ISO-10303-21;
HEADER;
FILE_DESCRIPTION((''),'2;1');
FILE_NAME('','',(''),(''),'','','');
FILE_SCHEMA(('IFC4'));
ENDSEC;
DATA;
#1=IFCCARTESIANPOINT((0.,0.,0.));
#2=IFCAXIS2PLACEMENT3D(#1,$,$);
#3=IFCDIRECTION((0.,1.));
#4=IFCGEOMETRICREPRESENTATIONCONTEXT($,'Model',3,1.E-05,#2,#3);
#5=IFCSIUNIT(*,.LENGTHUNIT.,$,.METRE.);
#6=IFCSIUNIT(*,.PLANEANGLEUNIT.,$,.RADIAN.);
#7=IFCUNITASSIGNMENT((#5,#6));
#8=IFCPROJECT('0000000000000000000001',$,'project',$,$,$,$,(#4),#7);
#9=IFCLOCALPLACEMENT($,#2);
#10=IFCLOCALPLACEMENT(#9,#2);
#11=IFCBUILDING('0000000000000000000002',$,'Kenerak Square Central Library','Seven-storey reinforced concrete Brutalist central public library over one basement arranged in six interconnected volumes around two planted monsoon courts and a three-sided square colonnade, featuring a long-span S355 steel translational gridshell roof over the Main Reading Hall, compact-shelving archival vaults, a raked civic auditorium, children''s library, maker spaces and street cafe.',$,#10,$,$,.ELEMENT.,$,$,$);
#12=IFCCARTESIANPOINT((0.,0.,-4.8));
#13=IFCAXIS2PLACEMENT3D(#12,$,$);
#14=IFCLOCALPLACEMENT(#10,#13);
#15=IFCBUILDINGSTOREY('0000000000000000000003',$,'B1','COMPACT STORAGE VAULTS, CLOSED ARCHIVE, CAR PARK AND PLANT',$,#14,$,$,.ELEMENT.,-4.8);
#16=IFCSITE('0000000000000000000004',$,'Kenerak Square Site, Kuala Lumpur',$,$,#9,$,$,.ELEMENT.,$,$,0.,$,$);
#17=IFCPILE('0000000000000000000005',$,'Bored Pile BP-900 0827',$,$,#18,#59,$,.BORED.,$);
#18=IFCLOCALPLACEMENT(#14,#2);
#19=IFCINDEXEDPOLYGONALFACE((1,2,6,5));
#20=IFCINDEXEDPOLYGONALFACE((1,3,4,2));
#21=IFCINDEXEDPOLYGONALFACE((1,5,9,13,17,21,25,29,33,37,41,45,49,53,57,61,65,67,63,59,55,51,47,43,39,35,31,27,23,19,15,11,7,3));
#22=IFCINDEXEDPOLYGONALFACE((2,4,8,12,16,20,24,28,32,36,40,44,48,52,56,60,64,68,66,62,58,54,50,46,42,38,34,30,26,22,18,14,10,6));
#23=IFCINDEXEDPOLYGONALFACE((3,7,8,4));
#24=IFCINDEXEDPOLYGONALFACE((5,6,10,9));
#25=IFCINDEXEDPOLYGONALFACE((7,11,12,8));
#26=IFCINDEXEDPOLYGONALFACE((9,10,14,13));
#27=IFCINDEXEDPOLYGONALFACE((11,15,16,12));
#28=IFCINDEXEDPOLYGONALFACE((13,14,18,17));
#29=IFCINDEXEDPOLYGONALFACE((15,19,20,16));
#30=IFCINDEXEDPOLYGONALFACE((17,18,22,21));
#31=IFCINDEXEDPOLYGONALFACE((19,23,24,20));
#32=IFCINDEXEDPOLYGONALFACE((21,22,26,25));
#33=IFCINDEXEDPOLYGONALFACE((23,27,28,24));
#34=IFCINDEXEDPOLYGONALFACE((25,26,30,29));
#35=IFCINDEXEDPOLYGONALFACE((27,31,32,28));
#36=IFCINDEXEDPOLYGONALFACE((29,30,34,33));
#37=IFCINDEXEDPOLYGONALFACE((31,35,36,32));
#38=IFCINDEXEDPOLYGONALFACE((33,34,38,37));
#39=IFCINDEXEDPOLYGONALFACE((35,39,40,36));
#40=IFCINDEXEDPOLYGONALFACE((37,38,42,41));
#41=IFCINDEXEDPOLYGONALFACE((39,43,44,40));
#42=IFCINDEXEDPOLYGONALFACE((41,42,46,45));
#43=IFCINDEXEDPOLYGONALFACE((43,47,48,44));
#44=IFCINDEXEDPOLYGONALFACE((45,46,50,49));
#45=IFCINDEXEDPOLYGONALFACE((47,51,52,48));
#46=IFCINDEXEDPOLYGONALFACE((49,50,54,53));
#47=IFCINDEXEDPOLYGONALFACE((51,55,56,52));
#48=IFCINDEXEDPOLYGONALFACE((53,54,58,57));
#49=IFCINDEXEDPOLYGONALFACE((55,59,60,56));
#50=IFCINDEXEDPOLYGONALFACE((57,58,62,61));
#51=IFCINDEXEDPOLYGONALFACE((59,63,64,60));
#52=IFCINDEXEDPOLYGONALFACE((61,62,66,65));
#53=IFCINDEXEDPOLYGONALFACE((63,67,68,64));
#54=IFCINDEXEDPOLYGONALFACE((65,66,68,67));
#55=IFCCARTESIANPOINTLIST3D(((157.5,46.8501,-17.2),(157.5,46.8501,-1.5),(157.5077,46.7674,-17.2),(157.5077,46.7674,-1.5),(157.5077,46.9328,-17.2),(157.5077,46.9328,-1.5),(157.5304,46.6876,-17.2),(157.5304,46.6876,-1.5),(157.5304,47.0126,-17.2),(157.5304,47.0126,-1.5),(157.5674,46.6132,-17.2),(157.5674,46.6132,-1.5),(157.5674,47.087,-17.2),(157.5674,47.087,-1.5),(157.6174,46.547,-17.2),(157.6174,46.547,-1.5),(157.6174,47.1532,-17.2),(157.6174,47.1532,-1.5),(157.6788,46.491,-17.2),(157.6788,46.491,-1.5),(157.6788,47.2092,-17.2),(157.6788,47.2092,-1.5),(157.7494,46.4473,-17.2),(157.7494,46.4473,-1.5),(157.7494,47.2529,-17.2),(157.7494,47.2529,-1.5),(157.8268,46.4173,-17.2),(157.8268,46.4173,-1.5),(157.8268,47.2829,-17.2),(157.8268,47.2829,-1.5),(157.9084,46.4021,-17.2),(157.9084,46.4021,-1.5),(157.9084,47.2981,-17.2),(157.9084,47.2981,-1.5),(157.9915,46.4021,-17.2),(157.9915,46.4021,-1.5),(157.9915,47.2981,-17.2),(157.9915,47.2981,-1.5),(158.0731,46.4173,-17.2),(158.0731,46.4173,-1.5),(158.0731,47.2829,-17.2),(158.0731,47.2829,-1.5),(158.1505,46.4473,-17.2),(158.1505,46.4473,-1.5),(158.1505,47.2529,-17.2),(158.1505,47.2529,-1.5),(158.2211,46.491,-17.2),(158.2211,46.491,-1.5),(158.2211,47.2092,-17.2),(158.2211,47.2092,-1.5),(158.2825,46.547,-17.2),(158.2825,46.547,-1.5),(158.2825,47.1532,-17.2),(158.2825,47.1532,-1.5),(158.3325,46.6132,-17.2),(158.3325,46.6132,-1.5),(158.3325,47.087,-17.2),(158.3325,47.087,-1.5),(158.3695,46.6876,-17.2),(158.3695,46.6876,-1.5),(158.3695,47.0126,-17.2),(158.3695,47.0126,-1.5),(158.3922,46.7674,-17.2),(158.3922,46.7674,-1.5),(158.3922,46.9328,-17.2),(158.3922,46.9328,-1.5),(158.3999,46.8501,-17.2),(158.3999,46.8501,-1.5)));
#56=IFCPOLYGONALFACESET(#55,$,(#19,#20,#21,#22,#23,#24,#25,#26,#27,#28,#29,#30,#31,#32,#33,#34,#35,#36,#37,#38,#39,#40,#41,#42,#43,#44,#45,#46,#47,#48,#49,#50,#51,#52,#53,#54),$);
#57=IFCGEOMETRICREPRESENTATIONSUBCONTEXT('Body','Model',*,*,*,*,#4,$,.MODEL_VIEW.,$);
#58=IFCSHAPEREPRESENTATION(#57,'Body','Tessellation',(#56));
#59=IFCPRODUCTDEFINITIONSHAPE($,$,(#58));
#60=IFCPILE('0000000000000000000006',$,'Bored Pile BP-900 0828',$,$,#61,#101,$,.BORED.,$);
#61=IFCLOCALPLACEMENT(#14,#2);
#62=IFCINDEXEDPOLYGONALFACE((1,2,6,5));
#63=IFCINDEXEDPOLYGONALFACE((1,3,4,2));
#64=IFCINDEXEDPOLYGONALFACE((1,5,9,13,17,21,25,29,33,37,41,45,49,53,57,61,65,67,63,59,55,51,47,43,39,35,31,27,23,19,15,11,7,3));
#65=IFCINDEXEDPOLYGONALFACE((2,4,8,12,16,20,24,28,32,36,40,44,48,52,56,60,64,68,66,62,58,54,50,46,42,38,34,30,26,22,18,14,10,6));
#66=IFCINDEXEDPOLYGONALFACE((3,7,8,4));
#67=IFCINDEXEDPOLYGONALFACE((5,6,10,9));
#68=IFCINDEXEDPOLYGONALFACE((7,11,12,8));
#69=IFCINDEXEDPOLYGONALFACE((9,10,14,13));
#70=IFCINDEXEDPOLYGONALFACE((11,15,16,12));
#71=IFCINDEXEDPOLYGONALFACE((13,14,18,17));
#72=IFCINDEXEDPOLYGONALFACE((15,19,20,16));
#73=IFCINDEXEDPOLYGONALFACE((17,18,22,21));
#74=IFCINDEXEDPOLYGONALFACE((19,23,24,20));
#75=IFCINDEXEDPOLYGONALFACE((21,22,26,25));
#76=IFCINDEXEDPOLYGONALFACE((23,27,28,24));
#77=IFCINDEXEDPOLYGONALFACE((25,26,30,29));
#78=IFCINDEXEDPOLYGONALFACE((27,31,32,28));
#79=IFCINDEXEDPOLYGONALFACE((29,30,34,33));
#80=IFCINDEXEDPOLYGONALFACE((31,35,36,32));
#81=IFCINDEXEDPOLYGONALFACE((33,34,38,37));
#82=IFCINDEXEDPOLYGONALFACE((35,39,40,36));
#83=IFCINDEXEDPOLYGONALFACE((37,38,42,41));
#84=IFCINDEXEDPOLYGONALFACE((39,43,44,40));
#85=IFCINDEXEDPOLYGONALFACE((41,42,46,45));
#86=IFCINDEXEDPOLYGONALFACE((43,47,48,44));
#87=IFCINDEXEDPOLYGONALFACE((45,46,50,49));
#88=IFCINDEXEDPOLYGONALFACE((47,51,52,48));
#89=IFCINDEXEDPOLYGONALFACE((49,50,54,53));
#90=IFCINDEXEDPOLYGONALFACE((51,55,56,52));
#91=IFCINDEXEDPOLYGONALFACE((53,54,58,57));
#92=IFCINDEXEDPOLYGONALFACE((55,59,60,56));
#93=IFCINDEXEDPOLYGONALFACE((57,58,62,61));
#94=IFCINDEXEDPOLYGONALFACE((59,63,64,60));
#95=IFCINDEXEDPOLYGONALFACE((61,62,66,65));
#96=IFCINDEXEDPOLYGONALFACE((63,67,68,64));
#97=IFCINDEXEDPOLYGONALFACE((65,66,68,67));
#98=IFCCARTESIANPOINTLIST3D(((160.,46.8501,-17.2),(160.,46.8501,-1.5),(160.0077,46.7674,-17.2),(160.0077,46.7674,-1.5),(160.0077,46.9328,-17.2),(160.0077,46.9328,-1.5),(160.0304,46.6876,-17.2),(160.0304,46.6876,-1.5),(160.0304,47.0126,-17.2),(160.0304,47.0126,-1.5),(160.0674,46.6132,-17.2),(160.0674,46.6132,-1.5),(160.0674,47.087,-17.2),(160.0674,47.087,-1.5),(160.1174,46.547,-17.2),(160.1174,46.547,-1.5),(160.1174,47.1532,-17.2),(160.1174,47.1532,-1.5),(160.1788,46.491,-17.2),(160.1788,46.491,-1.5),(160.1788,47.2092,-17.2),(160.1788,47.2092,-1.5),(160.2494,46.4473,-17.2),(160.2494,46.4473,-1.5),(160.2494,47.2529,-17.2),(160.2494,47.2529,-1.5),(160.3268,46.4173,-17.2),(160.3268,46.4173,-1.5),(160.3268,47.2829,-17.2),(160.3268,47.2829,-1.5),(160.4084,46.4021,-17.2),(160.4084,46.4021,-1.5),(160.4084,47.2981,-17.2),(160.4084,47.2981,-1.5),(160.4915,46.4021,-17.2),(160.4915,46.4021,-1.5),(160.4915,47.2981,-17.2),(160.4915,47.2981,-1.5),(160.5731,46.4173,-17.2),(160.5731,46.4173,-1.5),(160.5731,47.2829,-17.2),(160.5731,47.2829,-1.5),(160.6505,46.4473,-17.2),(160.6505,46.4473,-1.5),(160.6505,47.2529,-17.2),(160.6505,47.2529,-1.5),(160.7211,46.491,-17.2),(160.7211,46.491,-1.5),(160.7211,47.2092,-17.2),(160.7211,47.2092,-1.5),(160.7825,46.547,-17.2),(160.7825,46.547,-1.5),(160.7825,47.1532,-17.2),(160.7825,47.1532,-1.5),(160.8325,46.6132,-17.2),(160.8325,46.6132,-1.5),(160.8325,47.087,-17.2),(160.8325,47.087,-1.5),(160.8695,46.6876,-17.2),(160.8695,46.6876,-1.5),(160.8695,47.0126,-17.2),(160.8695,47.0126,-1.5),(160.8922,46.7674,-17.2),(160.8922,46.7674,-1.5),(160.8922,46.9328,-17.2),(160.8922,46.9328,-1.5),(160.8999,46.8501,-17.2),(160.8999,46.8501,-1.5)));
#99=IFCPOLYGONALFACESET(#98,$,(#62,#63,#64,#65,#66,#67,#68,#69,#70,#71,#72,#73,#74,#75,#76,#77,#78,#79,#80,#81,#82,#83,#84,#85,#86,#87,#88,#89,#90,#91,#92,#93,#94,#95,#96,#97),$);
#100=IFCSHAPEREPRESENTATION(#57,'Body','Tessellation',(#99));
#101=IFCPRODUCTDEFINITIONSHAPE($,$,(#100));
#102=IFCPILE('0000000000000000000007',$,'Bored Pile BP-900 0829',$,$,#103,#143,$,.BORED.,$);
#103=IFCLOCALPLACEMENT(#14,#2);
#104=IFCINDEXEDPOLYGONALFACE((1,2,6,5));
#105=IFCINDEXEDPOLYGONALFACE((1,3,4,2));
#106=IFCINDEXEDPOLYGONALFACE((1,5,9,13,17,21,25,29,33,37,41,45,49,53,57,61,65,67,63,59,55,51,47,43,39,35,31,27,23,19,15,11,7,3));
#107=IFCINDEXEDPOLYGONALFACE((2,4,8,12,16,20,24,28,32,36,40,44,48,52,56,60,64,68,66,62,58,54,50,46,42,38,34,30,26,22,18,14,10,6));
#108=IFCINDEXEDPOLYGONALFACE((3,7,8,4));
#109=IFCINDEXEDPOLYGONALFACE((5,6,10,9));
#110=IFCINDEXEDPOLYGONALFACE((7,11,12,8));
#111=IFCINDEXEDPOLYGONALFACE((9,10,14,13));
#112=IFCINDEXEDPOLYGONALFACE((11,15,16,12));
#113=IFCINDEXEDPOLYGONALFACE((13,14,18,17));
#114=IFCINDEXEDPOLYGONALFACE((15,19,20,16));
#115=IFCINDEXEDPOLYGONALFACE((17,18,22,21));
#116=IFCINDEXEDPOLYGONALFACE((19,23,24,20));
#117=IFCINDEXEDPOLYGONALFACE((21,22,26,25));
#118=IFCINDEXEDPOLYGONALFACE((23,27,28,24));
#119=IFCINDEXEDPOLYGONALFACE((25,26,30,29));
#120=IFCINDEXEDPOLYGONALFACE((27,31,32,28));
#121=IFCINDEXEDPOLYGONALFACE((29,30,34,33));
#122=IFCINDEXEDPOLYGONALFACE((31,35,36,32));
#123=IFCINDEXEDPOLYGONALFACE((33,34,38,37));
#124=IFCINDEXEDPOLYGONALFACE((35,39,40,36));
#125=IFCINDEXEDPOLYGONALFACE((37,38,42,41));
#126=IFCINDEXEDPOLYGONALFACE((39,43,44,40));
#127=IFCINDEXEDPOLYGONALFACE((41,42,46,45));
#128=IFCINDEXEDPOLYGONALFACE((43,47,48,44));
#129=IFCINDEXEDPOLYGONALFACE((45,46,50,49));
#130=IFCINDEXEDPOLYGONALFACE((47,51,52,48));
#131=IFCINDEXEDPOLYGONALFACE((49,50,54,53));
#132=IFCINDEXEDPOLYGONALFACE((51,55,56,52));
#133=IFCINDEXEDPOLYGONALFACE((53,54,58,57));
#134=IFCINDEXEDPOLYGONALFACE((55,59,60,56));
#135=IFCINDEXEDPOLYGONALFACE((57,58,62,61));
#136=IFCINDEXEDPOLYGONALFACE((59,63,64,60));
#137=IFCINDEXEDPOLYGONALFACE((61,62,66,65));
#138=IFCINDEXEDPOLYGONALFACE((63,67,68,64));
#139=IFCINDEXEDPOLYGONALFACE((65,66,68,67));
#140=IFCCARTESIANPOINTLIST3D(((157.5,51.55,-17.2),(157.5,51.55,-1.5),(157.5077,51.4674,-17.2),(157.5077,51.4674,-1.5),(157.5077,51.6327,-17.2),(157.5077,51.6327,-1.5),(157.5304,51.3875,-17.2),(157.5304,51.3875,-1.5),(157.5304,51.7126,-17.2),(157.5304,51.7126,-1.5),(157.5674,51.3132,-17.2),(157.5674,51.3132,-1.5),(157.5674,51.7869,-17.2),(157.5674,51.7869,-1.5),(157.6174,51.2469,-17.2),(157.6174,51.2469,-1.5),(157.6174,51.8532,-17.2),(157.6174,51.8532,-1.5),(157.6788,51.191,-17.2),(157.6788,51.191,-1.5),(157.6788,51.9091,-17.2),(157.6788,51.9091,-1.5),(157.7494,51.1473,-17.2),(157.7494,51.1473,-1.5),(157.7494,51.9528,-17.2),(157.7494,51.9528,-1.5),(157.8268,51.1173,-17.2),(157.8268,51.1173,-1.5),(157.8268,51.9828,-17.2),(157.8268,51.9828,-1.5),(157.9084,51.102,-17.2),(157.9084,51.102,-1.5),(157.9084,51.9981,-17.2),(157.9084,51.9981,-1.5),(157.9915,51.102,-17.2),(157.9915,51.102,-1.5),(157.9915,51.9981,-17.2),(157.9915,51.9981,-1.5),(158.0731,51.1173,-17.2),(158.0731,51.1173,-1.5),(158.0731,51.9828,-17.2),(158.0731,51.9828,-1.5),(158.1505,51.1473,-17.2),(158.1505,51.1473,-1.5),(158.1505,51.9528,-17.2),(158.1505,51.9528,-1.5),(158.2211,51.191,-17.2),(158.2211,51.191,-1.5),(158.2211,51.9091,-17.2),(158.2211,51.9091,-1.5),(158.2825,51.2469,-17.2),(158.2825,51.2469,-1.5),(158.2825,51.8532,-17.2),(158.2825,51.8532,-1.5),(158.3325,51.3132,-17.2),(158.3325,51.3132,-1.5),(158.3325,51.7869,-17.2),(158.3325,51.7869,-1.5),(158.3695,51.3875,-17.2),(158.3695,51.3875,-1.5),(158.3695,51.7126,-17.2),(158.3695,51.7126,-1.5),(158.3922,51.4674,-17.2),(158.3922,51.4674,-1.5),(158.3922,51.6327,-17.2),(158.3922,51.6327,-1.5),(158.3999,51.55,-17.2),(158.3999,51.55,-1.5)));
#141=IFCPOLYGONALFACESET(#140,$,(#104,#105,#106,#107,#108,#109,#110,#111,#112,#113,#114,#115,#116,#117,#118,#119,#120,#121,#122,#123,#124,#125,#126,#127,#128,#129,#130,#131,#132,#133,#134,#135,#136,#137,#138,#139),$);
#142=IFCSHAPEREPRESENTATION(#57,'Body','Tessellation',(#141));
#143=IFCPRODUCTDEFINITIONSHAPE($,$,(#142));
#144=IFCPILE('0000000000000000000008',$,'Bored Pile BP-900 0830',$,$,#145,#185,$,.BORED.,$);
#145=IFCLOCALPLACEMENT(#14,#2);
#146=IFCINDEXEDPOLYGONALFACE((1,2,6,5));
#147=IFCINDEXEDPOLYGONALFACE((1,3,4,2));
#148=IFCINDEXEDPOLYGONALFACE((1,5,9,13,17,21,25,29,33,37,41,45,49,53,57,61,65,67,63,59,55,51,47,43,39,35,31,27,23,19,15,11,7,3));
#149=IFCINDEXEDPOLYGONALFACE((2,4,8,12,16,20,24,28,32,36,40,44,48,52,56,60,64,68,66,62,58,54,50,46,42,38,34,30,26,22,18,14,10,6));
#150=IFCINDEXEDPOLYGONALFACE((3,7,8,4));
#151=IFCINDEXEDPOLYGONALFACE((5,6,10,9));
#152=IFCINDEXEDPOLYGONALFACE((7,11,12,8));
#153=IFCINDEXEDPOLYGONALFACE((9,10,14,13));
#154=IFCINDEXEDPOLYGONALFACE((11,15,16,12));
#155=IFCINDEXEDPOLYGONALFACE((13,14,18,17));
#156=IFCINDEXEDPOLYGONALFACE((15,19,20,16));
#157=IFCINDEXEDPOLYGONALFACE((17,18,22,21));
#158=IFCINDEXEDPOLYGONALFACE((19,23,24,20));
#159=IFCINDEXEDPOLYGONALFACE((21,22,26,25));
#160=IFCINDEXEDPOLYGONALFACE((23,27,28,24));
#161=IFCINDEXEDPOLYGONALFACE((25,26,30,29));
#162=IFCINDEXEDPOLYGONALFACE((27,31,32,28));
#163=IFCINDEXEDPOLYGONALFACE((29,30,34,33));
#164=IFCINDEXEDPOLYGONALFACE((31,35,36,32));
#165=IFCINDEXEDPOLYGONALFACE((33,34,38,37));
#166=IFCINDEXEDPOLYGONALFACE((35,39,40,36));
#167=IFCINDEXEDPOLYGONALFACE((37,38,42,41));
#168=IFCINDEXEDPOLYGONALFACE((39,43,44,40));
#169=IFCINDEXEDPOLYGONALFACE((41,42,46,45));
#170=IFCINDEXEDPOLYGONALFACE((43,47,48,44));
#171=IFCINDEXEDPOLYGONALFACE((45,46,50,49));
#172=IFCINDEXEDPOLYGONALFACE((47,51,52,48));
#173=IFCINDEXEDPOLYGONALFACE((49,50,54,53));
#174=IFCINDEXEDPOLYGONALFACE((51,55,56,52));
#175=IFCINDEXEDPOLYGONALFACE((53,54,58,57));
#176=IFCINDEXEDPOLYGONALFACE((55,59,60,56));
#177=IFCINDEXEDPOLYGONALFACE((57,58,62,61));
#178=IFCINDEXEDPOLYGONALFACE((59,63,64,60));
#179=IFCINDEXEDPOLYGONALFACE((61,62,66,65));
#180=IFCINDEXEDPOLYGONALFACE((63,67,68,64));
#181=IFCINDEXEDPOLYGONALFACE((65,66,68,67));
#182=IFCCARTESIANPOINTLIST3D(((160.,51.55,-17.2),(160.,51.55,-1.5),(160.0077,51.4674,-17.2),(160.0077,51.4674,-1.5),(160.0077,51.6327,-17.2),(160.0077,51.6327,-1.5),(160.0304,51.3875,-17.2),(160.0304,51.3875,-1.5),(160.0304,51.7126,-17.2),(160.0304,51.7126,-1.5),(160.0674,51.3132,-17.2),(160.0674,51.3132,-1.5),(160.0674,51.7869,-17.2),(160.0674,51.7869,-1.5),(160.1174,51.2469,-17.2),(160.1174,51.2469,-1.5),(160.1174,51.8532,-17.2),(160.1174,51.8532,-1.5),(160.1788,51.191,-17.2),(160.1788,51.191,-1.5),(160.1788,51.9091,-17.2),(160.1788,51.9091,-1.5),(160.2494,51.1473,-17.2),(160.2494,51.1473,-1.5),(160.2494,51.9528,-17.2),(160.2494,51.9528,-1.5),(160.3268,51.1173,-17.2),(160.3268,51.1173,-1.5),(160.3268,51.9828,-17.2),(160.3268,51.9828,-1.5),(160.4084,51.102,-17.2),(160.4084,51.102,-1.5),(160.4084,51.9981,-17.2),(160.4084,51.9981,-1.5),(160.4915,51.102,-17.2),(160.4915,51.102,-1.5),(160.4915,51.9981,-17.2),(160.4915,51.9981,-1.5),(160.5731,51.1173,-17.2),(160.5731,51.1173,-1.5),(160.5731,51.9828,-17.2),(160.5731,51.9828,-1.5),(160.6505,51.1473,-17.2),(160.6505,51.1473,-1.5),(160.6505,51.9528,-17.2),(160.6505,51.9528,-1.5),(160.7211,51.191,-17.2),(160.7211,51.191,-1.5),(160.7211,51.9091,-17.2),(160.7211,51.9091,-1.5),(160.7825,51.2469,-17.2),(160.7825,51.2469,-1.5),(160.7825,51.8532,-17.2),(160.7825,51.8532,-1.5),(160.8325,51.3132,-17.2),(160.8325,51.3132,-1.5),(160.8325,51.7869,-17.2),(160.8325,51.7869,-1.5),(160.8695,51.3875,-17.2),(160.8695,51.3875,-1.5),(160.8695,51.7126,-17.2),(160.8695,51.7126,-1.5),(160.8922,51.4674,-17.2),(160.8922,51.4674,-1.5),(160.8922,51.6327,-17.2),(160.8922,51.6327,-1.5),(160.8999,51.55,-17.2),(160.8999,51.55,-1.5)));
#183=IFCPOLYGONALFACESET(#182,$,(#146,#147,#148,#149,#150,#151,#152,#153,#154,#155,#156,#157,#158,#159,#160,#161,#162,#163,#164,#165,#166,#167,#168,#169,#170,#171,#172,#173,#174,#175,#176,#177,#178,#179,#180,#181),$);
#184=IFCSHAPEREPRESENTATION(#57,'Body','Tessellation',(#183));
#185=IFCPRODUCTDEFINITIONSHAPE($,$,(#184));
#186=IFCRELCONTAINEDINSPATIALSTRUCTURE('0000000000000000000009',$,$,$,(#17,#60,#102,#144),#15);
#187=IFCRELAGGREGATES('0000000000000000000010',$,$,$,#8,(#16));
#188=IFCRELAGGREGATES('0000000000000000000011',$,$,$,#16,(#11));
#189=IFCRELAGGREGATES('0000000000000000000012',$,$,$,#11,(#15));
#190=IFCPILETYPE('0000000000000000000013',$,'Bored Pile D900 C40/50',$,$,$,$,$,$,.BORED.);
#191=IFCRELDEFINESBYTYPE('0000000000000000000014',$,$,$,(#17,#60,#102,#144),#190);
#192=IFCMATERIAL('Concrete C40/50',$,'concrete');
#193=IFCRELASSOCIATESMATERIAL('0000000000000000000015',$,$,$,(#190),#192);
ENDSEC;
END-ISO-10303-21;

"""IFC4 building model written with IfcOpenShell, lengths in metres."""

from ifc_helpers import new_model, si_unit, direction, frame, origin, origin_2d, place, context, subcontext, project, spatial, circle, extrude, material, material_profile, profile_set, type_object, element, save


model = new_model("IFC4")

# Units and contexts
model_context = context("Model", 3, precision=1e-05, world=origin(), true_north=direction((0.0, 1.0)))
body_context = subcontext(model_context, "Body", "Model", "MODEL_VIEW")
ifc_project = project(units=[si_unit("LENGTHUNIT", "METRE"), si_unit("PLANEANGLEUNIT", "RADIAN")], contexts=[model_context])

# Site, building, storey
site_placement = place(None, origin())
site = spatial("IfcSite", under=ifc_project, at=site_placement, Name="Kenerak Square Site, Kuala Lumpur", CompositionType="ELEMENT", RefElevation=0.0)
building_placement = place(site_placement, origin())
building = spatial("IfcBuilding", under=site, at=building_placement, Name="Kenerak Square Central Library", Description="Seven-storey reinforced concrete Brutalist central public library over one basement arranged in six interconnected volumes around two planted monsoon courts and a three-sided square colonnade, featuring a long-span S355 steel translational gridshell roof over the Main Reading Hall, compact-shelving archival vaults, a raked civic auditorium, children's library, maker spaces and street cafe.", CompositionType="ELEMENT")
storey_placement = place(building_placement, frame((0.0, 0.0, -4.8)))
storey = spatial("IfcBuildingStorey", under=building, at=storey_placement, Name="B1", Description="COMPACT STORAGE VAULTS, CLOSED ARCHIVE, CAR PARK AND PLANT", CompositionType="ELEMENT", Elevation=-4.8)

# Piles
ifc_material_1 = material(Name="Concrete C40/50", Category="concrete")
ifc_material_profile_1 = material_profile(ifc_material_1, circle(Radius=0.45, at=origin_2d()), Name="BP D900")
ifc_profile_set_1 = profile_set([ifc_material_profile_1], Name="Concrete C40/50")
pile_type = type_object("IfcPileType", Name="Bored Pile D900 C40/50", PredefinedType="BORED", material=ifc_profile_set_1)
for number, where, z_axis, x_axis, name in (
    (1, (157.95, 46.8501, -1.5), (0.0, 0.0, -1.0), (1.0, 0.0, 0.0), "Bored Pile BP-900 0827"),
    (2, (160.45, 46.8501, -1.5), (0.0, 0.0, -1.0), (1.0, 0.0, 0.0), "Bored Pile BP-900 0828"),
    (3, (157.95, 51.55, -1.5), (0.0, 0.0, -1.0), (1.0, 0.0, 0.0), "Bored Pile BP-900 0829"),
    (4, (160.45, 51.55, -1.5), (0.0, 0.0, -1.0), (1.0, 0.0, 0.0), "Bored Pile BP-900 0830"),
):
    element("IfcPile", number, at=place(storey_placement, frame(where, z_axis=z_axis, x_axis=x_axis)), inside=storey, type_object=pile_type, Name=name, PredefinedType="BORED", context=body_context, shape_type="SweptSolid", body=[
        extrude(circle(Radius=0.45, at=origin_2d()), origin(), (0.0, 0.0, 1.0), 15.7),
    ])

save(model, "model.ifc")
